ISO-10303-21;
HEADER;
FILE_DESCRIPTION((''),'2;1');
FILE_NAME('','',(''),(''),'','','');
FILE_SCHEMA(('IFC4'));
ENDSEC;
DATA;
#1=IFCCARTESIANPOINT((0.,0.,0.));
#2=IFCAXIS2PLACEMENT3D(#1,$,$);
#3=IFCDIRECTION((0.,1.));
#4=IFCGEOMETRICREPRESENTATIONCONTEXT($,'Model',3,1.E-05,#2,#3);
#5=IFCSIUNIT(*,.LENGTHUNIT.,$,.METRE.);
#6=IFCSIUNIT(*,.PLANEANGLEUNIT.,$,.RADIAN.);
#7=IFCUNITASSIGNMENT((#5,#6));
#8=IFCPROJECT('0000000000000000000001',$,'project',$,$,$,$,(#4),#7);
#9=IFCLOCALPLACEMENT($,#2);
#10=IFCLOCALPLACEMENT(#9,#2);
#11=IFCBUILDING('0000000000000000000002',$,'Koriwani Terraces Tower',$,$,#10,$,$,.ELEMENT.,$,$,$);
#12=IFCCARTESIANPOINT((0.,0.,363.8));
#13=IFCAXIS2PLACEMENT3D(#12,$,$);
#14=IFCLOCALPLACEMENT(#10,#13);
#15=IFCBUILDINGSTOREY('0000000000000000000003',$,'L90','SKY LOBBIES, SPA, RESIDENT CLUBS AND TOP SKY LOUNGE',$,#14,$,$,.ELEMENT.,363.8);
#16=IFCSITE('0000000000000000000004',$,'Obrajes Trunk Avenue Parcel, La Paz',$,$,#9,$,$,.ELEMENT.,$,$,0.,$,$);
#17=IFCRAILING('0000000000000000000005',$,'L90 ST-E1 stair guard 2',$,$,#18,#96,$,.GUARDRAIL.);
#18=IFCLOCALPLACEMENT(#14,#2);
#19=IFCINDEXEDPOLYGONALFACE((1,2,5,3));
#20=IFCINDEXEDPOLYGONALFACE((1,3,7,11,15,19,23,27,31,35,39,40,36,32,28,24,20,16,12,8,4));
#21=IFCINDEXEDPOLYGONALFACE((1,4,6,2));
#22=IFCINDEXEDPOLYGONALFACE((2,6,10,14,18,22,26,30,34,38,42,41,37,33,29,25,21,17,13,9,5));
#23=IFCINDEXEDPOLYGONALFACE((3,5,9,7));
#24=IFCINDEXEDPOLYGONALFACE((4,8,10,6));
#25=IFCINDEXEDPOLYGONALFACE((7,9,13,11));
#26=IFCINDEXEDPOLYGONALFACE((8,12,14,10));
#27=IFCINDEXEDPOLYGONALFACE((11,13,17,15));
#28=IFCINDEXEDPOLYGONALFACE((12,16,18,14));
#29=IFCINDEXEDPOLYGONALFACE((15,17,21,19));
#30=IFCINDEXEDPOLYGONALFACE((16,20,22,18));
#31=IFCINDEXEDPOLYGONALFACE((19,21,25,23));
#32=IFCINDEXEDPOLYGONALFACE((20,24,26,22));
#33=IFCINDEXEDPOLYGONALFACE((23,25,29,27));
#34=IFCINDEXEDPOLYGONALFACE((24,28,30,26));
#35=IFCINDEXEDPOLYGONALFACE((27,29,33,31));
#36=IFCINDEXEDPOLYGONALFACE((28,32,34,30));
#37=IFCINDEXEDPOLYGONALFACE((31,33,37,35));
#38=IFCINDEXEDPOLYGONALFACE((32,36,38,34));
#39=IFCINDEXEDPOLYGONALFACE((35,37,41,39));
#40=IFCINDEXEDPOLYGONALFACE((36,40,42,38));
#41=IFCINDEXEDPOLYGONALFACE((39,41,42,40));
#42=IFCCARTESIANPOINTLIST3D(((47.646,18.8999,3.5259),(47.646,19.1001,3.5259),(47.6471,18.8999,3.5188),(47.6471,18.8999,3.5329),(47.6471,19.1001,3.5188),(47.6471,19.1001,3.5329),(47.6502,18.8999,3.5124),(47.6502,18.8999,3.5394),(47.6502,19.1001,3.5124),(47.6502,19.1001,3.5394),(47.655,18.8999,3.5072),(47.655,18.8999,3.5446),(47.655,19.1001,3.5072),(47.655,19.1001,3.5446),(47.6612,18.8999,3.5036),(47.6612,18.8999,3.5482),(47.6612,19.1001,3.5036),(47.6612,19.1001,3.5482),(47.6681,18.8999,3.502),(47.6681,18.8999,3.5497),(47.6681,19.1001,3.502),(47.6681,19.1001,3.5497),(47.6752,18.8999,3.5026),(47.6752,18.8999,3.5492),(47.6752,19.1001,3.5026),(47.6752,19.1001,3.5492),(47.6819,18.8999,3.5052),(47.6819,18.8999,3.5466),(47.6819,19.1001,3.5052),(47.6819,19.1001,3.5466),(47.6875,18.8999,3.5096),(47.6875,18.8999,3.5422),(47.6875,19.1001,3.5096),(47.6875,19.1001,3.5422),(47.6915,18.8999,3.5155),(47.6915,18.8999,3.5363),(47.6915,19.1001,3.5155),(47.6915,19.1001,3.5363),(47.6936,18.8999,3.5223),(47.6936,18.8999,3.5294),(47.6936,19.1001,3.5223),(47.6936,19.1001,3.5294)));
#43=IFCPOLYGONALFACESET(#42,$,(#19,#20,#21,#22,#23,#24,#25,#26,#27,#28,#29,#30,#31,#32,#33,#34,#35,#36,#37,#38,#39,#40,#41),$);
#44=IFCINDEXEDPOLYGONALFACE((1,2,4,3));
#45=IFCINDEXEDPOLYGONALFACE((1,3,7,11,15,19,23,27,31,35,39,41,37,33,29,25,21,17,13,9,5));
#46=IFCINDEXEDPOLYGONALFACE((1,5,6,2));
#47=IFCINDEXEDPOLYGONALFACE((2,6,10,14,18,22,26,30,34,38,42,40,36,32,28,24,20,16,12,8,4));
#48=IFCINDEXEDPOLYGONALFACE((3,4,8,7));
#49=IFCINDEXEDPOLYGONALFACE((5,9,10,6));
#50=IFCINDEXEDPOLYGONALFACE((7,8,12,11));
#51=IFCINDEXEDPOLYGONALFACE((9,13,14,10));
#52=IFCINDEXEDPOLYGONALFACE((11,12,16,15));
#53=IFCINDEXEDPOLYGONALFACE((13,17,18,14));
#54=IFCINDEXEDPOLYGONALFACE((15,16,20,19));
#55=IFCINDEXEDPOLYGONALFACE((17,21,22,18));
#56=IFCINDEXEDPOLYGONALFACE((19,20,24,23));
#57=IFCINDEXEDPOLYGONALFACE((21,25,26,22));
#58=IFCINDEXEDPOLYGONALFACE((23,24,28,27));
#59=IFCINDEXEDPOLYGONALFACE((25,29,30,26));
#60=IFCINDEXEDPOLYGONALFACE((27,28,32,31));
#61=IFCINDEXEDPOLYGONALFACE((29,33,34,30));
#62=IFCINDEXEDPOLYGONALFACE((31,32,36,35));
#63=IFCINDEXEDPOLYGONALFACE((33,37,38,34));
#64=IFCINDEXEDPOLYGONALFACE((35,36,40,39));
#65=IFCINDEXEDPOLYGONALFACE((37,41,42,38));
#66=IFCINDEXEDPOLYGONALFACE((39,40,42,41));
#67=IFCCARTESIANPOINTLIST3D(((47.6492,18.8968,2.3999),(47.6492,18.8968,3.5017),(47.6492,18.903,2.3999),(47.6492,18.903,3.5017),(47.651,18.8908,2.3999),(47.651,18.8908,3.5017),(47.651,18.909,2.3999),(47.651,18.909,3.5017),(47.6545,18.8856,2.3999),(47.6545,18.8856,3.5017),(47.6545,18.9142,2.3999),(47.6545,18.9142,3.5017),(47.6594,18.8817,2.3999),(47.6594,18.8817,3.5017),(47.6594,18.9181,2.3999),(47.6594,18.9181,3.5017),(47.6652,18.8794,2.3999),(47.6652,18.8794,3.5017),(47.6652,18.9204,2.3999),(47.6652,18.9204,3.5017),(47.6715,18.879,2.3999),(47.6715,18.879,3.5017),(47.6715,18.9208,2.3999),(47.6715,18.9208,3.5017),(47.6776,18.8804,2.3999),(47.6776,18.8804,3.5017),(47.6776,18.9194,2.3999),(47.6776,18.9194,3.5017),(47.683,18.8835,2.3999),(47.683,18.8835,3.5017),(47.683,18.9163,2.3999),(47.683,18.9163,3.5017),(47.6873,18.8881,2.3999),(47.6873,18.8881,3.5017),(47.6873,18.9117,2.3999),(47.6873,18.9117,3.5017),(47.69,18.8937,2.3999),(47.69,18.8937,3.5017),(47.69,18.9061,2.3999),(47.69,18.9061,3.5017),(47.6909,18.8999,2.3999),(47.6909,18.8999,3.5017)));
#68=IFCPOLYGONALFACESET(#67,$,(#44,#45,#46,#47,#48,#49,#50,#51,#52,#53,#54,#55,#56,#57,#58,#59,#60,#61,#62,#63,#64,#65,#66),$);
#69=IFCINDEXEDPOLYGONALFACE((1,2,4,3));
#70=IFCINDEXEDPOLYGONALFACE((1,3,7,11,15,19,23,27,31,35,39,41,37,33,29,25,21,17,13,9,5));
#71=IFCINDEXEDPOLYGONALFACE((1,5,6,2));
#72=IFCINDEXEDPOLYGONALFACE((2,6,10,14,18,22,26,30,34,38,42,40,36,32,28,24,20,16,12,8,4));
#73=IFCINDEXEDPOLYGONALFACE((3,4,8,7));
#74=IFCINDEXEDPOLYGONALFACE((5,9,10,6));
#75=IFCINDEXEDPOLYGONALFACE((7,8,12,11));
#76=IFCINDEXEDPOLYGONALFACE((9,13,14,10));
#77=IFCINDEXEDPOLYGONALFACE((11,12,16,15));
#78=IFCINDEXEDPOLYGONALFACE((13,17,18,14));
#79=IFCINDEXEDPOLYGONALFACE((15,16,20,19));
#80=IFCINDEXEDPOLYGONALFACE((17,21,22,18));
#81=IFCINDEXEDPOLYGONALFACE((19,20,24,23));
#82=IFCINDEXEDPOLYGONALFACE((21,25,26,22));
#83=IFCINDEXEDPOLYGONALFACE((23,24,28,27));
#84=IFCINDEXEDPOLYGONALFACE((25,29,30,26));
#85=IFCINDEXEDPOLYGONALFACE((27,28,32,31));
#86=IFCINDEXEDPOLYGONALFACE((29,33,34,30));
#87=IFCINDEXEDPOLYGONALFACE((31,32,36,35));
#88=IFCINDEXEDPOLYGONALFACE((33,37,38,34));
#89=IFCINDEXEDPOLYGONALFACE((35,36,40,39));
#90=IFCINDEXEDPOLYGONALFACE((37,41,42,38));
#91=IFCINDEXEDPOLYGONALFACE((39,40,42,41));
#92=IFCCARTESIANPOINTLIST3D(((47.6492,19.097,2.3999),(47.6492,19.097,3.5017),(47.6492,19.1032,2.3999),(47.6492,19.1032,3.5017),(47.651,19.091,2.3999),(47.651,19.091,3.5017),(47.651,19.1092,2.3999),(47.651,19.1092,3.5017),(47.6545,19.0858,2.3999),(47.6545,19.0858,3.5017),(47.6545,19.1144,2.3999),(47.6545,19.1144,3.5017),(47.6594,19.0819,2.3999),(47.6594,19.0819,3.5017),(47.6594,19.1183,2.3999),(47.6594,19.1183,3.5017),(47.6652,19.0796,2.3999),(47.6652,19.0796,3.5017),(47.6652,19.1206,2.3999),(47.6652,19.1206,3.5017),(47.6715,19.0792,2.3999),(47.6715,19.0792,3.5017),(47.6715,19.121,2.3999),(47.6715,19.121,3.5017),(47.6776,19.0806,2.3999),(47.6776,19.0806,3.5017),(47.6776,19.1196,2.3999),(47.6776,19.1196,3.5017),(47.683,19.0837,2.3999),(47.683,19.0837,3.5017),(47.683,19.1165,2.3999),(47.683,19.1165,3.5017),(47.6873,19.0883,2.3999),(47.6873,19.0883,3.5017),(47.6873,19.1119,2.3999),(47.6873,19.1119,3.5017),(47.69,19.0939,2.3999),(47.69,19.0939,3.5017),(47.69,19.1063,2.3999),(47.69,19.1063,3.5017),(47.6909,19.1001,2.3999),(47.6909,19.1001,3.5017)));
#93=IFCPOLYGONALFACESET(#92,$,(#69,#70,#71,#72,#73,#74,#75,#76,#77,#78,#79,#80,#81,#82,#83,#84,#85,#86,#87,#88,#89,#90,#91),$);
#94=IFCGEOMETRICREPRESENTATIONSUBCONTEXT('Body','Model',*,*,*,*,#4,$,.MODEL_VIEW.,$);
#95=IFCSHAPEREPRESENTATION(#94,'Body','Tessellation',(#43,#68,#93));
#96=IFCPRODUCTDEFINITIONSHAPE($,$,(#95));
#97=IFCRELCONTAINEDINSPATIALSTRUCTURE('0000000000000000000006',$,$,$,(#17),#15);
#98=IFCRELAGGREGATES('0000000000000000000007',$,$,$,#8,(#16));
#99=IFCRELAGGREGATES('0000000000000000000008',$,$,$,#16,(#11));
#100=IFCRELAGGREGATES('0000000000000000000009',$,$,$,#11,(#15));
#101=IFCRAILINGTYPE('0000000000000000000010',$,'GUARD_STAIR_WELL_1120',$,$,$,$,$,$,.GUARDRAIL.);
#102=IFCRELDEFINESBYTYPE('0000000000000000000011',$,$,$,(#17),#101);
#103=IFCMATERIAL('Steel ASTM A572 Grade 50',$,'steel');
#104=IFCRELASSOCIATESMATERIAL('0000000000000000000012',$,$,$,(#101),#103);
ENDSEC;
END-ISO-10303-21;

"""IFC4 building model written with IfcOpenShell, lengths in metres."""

from ifc_helpers import new_model, si_unit, direction, frame, origin, origin_2d, place, context, subcontext, project, spatial, circle, extrude, material, type_object, element, save


model = new_model("IFC4")

# Units and contexts
model_context = context("Model", 3, precision=1e-05, world=origin(), true_north=direction((0.0, 1.0)))
body_context = subcontext(model_context, "Body", "Model", "MODEL_VIEW")
ifc_project = project(units=[si_unit("LENGTHUNIT", "METRE"), si_unit("PLANEANGLEUNIT", "RADIAN")], contexts=[model_context])

# Site, building, storey
site_placement = place(None, origin())
site = spatial("IfcSite", under=ifc_project, at=site_placement, Name="Obrajes Trunk Avenue Parcel, La Paz", CompositionType="ELEMENT", RefElevation=0.0)
building_placement = place(site_placement, origin())
building = spatial("IfcBuilding", under=site, at=building_placement, Name="Koriwani Terraces Tower", CompositionType="ELEMENT")
storey_placement = place(building_placement, frame((0.0, 0.0, 363.8)))
storey = spatial("IfcBuildingStorey", under=building, at=storey_placement, Name="L90", Description="SKY LOBBIES, SPA, RESIDENT CLUBS AND TOP SKY LOUNGE", CompositionType="ELEMENT", Elevation=363.8)

# Shared definitions
ifc_material_1 = material(Name="Steel ASTM A572 Grade 50", Category="steel")

# Railing
railing_type_1 = type_object("IfcRailingType", Name="GUARD_STAIR_WELL_1120", PredefinedType="GUARDRAIL", material=ifc_material_1)
railing_1_placement = place(storey_placement, frame((47.6699, 18.8999, 2.3999)))
element("IfcRailing", 1, at=railing_1_placement, inside=storey, type_object=railing_type_1, Name="L90 ST-E1 stair guard 2", PredefinedType="GUARDRAIL", context=body_context, shape_type="SweptSolid", body=[
    extrude(circle(Radius=0.0239, at=origin_2d()), frame((0.0, 0.0, 1.126), z_axis=(0.0, 1.0, 0.0), x_axis=(-1.0, 0.0, 0.0)), (0.0, 0.0, 1.0), 0.2002),
    extrude(circle(Radius=0.021, at=origin_2d()), origin(), (0.0, 0.0, 1.0), 1.1018),
    extrude(circle(Radius=0.021, at=origin_2d()), frame((0.0, 0.2002, 0.0)), (0.0, 0.0, 1.0), 1.1018),
])

save(model, "model.ifc")
